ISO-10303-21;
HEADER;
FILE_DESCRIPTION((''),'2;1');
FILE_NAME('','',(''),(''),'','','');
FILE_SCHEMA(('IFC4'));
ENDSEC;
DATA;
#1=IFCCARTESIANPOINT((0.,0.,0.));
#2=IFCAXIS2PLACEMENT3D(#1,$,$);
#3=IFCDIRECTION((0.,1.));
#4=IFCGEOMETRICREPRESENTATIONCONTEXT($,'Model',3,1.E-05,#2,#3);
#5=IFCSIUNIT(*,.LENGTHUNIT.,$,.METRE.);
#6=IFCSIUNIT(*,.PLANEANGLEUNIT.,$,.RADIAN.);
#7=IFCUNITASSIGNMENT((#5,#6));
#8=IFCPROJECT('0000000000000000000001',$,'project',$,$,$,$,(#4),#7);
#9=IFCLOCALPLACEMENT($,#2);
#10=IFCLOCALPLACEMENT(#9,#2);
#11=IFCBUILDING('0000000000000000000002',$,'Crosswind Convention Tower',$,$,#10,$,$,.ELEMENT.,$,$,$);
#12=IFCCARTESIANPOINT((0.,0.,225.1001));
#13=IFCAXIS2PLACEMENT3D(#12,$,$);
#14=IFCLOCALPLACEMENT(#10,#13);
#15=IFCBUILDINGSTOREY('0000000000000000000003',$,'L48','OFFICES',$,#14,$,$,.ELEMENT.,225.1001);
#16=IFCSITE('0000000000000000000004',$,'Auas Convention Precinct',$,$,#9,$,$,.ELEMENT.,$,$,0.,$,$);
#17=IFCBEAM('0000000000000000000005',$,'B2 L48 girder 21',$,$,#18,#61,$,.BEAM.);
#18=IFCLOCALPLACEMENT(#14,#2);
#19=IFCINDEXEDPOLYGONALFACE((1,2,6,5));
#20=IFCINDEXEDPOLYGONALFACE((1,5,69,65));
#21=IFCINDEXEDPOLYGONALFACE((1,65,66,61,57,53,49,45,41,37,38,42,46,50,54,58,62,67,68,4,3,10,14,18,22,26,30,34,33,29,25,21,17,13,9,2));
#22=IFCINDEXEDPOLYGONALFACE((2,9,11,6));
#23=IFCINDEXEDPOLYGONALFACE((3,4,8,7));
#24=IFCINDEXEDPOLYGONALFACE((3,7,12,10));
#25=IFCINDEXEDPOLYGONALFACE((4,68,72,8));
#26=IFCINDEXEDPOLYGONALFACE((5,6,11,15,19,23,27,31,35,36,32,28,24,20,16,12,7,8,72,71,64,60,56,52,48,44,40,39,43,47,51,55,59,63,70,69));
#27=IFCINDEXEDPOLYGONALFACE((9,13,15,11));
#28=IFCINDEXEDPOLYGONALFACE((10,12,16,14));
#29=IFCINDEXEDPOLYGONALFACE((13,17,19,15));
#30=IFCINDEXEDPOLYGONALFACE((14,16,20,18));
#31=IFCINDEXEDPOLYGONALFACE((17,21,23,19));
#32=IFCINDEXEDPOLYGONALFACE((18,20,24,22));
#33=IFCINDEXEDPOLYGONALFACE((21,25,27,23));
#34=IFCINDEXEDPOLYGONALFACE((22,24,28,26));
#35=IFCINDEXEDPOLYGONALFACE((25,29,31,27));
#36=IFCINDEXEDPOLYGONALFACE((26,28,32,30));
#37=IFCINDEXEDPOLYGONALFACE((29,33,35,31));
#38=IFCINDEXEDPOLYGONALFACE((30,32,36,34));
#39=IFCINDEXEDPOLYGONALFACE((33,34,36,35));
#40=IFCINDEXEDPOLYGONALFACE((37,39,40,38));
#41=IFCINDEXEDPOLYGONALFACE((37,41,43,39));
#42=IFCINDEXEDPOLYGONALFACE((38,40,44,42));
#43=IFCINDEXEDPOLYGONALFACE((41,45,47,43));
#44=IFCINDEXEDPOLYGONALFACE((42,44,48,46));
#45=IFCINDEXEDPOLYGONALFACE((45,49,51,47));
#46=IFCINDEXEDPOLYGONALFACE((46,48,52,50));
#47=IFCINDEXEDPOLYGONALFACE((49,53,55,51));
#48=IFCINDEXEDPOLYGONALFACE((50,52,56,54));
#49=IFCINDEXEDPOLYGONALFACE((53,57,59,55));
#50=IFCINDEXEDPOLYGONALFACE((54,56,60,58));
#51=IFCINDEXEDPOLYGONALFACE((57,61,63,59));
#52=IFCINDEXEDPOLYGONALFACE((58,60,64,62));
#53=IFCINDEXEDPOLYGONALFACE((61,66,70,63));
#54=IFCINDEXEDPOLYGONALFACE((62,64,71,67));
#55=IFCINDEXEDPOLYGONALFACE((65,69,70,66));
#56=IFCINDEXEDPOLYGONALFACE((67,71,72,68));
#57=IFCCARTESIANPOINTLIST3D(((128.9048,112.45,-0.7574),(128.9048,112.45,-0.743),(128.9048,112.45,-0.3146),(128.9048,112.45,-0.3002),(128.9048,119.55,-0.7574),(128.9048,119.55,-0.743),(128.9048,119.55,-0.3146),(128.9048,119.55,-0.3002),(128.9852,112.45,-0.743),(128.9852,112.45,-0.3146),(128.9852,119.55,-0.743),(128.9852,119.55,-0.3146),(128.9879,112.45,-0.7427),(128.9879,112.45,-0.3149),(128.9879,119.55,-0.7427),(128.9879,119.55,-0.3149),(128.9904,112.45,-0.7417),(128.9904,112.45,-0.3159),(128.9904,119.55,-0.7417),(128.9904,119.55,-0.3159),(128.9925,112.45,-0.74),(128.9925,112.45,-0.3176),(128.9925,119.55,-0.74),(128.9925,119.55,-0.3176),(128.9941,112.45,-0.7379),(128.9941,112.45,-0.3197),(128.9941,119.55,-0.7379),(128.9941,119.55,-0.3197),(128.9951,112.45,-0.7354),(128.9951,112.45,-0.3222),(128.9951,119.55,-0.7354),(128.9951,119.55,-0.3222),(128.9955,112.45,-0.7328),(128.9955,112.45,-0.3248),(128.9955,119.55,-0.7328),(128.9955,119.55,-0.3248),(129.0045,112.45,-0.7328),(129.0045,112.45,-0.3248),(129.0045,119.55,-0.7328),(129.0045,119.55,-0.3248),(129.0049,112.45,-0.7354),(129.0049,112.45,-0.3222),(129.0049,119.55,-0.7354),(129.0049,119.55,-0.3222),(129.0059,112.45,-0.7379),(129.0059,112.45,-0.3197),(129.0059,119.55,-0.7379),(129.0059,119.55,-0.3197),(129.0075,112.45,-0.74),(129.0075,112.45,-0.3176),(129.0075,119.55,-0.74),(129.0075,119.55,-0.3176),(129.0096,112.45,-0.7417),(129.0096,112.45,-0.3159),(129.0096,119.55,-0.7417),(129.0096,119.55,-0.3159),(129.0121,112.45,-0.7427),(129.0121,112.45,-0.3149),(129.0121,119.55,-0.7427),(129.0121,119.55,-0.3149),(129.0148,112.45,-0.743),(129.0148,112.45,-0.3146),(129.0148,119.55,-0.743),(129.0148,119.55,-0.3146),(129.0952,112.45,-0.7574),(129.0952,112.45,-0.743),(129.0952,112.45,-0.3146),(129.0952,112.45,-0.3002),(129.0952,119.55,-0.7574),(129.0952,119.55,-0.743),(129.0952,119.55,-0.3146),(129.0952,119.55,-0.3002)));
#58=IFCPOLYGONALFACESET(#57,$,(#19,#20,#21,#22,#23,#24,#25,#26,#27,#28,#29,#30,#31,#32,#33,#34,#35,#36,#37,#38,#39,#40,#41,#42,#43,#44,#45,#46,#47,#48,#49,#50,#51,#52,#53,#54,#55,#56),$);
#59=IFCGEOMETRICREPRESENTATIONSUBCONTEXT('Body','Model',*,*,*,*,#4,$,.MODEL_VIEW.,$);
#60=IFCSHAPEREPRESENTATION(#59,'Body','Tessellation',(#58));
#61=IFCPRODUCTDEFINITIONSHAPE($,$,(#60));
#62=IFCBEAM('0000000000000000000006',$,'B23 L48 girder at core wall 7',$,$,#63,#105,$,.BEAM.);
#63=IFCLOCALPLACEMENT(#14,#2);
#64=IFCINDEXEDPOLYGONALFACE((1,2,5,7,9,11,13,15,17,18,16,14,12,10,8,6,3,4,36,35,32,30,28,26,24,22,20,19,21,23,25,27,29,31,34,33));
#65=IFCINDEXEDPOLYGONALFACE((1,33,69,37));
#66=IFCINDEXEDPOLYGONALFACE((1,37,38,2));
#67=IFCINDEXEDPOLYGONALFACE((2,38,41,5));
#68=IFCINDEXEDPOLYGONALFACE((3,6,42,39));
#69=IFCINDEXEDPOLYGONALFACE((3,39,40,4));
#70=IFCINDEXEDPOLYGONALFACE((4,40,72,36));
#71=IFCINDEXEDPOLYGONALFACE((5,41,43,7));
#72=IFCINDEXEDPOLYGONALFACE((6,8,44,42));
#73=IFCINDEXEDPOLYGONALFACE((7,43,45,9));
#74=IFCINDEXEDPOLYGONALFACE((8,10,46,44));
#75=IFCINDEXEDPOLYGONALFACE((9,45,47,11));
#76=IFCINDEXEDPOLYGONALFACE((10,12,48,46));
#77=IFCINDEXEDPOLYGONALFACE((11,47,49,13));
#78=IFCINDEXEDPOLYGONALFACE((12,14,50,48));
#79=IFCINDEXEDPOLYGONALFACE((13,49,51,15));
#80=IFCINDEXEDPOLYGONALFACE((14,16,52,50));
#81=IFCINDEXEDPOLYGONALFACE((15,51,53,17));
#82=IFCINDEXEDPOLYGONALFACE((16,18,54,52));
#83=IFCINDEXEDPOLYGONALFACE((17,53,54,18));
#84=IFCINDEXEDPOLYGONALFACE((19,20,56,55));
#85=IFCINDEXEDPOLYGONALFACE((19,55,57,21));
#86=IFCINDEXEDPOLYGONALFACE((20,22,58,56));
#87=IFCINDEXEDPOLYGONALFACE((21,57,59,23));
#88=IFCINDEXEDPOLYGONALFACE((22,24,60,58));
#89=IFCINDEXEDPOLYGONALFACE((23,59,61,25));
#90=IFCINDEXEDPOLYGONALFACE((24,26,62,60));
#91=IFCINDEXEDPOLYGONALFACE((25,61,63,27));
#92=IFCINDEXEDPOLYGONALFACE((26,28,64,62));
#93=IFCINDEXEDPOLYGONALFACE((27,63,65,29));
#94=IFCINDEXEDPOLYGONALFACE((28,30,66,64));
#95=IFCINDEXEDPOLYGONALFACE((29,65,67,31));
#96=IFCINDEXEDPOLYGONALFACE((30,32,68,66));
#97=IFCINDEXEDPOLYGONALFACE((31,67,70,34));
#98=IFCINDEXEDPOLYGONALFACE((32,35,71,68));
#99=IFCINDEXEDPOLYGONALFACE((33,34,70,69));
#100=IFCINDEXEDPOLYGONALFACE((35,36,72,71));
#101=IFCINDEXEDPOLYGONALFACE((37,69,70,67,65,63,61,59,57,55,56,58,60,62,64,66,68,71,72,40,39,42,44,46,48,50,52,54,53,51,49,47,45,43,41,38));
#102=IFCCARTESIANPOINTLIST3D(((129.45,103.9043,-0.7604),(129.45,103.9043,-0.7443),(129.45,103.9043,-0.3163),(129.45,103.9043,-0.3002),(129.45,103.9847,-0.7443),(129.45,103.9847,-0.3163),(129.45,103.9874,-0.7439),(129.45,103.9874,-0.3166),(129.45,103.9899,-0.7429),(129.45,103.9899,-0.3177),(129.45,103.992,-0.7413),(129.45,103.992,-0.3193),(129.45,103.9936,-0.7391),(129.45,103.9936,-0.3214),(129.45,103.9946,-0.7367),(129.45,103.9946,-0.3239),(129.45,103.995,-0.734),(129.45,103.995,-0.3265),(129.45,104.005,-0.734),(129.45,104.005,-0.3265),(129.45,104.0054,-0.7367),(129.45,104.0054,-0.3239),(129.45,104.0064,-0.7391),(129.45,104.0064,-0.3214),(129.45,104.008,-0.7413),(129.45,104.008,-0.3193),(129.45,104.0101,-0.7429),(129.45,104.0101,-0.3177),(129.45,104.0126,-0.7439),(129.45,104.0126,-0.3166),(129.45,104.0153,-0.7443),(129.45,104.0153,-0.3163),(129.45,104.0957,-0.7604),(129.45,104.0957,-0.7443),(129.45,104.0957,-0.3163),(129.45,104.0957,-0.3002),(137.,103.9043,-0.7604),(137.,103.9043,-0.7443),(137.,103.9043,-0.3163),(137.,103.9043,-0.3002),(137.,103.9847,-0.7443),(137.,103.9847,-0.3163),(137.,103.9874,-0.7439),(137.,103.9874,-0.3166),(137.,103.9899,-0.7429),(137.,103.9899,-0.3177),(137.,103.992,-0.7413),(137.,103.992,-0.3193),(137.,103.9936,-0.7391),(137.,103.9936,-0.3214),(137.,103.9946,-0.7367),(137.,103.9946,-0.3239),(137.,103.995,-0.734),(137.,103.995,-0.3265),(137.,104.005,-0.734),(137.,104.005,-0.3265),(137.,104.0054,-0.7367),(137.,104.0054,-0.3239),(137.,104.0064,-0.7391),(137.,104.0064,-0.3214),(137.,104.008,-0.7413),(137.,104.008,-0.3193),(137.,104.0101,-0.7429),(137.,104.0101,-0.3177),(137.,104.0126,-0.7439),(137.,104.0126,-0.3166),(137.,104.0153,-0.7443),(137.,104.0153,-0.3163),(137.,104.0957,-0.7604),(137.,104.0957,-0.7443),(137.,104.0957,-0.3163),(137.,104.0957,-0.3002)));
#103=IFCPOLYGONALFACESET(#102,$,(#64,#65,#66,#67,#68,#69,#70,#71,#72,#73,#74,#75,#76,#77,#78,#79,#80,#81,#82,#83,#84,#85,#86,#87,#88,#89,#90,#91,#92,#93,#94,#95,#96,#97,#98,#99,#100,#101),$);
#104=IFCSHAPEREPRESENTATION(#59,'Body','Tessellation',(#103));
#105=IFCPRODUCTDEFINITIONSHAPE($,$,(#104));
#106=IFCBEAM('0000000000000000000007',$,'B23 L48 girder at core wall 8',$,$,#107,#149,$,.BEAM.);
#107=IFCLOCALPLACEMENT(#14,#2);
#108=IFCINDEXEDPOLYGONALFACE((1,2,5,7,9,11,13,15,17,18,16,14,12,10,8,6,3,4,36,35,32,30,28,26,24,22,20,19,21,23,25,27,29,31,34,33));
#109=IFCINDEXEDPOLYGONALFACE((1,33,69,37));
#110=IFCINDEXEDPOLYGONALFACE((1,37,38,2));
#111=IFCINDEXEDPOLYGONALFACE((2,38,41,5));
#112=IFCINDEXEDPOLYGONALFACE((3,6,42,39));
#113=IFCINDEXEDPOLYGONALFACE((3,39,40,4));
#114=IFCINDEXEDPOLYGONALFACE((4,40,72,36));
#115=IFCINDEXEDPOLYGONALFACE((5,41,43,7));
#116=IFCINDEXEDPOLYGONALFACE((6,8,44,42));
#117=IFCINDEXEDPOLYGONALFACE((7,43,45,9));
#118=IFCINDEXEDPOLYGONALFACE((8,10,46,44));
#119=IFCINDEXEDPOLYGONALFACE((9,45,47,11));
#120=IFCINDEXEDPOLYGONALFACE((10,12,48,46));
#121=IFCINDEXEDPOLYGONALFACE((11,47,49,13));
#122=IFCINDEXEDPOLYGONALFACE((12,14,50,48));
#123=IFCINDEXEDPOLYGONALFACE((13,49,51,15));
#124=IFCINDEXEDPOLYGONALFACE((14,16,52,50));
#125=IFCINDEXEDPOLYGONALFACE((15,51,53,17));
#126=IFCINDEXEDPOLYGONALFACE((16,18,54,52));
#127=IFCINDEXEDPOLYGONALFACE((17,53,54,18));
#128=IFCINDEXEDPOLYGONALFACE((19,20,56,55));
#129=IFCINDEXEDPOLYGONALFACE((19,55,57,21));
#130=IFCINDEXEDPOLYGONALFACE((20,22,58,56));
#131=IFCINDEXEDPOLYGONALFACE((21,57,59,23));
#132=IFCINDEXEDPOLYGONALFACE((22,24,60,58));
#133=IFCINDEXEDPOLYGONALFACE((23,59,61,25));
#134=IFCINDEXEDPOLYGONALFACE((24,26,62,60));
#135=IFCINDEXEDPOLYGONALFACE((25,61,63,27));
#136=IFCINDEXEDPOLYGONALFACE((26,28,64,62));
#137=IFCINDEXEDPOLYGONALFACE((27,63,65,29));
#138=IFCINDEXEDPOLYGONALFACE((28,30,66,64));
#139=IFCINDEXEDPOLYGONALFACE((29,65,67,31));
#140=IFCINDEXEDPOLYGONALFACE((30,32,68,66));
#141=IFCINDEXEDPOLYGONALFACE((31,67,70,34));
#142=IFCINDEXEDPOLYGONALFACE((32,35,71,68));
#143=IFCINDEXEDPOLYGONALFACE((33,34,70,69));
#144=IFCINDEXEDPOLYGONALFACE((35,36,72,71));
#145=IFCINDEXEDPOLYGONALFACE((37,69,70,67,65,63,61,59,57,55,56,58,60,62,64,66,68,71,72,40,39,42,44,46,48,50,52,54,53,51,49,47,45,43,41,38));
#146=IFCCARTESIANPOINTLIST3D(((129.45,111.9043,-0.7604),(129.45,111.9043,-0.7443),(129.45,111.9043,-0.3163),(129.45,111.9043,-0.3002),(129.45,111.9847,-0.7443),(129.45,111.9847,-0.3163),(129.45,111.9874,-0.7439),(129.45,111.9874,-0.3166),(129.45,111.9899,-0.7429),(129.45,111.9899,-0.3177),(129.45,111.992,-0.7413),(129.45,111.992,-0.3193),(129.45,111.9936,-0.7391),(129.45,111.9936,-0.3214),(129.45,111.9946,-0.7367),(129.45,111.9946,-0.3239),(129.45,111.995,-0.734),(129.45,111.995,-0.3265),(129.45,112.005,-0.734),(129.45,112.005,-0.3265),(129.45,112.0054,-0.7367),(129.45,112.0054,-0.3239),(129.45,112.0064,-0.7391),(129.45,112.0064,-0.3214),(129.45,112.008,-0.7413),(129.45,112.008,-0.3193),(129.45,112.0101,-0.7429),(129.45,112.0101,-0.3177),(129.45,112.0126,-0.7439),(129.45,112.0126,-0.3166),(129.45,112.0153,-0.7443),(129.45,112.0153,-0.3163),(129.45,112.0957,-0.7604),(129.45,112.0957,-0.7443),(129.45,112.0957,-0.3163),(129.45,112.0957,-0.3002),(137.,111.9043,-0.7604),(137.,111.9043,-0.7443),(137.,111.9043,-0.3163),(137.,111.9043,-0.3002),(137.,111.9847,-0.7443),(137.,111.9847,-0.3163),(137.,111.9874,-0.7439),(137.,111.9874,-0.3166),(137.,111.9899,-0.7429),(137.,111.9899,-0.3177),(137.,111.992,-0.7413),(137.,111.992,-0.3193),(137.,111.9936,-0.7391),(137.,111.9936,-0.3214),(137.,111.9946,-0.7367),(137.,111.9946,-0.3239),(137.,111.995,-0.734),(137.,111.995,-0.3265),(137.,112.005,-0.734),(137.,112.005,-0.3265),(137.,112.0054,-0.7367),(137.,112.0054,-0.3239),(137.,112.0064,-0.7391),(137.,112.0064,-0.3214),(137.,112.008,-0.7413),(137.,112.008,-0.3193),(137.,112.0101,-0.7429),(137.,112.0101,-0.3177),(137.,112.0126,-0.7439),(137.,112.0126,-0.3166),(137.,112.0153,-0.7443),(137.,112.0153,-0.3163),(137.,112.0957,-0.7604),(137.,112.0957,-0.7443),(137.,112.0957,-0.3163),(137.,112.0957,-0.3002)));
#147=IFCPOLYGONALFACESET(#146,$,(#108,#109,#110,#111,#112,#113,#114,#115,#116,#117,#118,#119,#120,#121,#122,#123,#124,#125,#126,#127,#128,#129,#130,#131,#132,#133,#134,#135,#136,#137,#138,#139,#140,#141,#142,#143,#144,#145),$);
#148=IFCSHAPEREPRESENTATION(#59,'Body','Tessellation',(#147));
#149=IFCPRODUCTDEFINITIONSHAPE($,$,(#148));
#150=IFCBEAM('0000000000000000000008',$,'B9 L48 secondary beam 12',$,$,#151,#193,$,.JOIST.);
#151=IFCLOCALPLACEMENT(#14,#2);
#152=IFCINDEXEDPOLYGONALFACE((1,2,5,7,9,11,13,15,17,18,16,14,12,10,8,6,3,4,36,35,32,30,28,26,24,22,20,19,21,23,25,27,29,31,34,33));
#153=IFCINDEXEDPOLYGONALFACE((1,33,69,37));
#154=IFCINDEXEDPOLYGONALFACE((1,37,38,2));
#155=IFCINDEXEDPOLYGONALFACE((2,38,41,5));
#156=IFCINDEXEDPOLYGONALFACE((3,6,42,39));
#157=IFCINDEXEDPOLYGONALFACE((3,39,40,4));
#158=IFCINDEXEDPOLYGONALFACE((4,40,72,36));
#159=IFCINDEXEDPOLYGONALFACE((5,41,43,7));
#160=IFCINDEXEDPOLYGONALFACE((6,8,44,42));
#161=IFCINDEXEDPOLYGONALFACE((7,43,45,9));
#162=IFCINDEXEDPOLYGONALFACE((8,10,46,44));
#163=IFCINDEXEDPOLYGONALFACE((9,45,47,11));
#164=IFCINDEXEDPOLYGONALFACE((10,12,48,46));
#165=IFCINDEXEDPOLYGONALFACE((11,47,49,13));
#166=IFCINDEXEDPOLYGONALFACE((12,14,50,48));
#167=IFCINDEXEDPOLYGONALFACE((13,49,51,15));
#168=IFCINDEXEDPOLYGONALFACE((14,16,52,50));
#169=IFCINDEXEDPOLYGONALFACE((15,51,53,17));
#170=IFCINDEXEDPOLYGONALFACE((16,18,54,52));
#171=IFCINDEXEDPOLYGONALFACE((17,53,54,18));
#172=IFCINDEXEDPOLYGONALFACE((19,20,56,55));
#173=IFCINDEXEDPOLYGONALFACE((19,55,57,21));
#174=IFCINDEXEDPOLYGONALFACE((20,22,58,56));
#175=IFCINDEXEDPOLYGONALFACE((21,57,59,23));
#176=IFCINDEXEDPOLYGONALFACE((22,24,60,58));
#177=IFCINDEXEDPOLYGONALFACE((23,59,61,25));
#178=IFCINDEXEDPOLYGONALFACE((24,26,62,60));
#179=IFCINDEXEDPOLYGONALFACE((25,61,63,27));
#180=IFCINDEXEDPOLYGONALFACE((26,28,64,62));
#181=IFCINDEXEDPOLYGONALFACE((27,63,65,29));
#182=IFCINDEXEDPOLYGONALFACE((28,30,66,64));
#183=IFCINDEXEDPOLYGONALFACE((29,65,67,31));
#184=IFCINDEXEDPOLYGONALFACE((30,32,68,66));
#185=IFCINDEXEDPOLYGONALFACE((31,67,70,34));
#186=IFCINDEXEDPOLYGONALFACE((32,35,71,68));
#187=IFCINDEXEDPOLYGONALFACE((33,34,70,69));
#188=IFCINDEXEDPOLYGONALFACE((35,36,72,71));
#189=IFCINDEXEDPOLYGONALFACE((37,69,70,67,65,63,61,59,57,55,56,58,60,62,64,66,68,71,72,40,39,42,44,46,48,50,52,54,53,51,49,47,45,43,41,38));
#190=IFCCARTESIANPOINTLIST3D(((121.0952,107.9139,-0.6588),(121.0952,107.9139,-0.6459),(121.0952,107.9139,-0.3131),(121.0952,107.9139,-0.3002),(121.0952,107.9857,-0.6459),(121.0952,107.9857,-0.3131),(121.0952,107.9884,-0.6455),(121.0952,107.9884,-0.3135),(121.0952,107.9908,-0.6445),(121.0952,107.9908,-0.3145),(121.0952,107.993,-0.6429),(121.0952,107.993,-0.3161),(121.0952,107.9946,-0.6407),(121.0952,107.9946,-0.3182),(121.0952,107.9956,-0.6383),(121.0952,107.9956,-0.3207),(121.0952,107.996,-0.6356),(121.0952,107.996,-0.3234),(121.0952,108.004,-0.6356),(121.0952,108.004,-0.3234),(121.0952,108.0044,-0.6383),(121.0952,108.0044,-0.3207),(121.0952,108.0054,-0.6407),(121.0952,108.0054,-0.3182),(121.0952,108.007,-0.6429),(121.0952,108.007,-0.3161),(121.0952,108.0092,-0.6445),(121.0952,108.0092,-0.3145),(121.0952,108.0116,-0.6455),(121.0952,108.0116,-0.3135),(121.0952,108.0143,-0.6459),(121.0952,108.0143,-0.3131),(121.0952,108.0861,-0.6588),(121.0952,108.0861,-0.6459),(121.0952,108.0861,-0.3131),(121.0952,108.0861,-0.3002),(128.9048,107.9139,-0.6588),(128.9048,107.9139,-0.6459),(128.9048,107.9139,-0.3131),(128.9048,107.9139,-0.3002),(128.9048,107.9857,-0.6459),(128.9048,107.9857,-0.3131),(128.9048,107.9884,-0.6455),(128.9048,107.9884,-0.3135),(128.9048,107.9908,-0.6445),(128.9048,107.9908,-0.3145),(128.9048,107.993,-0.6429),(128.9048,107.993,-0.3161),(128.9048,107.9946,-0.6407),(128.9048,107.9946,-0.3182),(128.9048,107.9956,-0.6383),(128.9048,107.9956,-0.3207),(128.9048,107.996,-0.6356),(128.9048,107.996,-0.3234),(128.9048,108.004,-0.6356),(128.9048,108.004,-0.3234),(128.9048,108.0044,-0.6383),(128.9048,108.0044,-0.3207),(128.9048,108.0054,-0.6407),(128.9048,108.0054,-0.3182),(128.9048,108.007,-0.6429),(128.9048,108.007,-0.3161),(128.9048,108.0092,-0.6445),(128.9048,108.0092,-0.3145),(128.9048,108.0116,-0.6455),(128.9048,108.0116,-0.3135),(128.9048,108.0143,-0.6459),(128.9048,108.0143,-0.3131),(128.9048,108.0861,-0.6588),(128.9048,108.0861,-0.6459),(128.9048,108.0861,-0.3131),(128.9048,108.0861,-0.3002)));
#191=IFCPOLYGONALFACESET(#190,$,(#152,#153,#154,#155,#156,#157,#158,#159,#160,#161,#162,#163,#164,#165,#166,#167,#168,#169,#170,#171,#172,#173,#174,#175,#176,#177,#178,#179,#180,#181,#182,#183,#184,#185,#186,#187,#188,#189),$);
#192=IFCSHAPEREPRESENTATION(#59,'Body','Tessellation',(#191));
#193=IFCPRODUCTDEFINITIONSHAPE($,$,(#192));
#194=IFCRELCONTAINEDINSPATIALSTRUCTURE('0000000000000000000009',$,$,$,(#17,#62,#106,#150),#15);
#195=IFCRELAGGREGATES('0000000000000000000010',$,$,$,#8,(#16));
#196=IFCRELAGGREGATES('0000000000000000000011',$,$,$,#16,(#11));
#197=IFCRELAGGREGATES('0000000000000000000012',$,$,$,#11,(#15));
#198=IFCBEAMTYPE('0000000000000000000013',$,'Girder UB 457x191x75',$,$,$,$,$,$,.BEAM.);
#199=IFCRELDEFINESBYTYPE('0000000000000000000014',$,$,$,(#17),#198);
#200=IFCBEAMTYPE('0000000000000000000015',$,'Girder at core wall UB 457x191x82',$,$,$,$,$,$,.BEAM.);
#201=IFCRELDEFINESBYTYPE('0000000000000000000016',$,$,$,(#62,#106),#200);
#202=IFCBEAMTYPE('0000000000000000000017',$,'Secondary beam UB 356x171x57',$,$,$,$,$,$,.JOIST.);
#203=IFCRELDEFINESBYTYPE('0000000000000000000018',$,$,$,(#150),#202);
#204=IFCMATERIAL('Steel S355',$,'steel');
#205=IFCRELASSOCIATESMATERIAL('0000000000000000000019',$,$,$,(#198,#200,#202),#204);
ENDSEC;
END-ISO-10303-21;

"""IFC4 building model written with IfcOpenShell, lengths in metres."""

from ifc_helpers import new_model, si_unit, direction, frame, origin, origin_2d, place, context, subcontext, project, spatial, i_section, extrude, material, material_profile, profile_set, type_object, element, save


model = new_model("IFC4")

# Units and contexts
model_context = context("Model", 3, precision=1e-05, world=origin(), true_north=direction((0.0, 1.0)))
body_context = subcontext(model_context, "Body", "Model", "MODEL_VIEW")
ifc_project = project(units=[si_unit("LENGTHUNIT", "METRE"), si_unit("PLANEANGLEUNIT", "RADIAN")], contexts=[model_context])

# Site, building, storey
site_placement = place(None, origin())
site = spatial("IfcSite", under=ifc_project, at=site_placement, Name="Auas Convention Precinct", CompositionType="ELEMENT", RefElevation=0.0)
building_placement = place(site_placement, origin())
building = spatial("IfcBuilding", under=site, at=building_placement, Name="Crosswind Convention Tower", CompositionType="ELEMENT")
storey_placement = place(building_placement, frame((0.0, 0.0, 225.1001)))
storey = spatial("IfcBuildingStorey", under=building, at=storey_placement, Name="L48", Description="OFFICES", CompositionType="ELEMENT", Elevation=225.1001)

# Beams
ifc_material_1 = material(Name="Steel S355", Category="steel")
ifc_material_profile_1 = material_profile(ifc_material_1, i_section(OverallWidth=0.1904, OverallDepth=0.4573, WebThickness=0.009, FlangeThickness=0.0144, FilletRadius=0.0103, at=origin_2d()), Name="UB 457x191x75")
ifc_profile_set_1 = profile_set([ifc_material_profile_1], Name="Steel S355")
beam_type_1 = type_object("IfcBeamType", Name="Girder UB 457x191x75", PredefinedType="BEAM", material=ifc_profile_set_1)
for number, where, z_axis, x_axis, name in (
    (1, (129.0, 112.45, -0.5288), (0.0, 1.0, 0.0), (-1.0, 0.0, 0.0), "B2 L48 girder 21"),
):
    element("IfcBeam", number, at=place(storey_placement, frame(where, z_axis=z_axis, x_axis=x_axis)), inside=storey, type_object=beam_type_1, Name=name, PredefinedType="BEAM", context=body_context, shape_type="SweptSolid", body=[
        extrude(i_section(OverallWidth=0.1904, OverallDepth=0.4573, WebThickness=0.009, FlangeThickness=0.0144, FilletRadius=0.0103, at=origin_2d()), origin(), (0.0, 0.0, 1.0), 7.1001),
    ])
ifc_material_profile_2 = material_profile(ifc_material_1, i_section(OverallWidth=0.1914, OverallDepth=0.4602, WebThickness=0.01, FlangeThickness=0.0161, FilletRadius=0.0103, at=origin_2d()), Name="UB 457x191x82")
ifc_profile_set_2 = profile_set([ifc_material_profile_2], Name="Steel S355")
beam_type_2 = type_object("IfcBeamType", Name="Girder at core wall UB 457x191x82", PredefinedType="BEAM", material=ifc_profile_set_2)
for number, where, z_axis, x_axis, name in (
    (2, (129.45, 104.0, -0.5303), (1.0, 0.0, 0.0), (0.0, 1.0, 0.0), "B23 L48 girder at core wall 7"),
    (3, (129.45, 112.0, -0.5303), (1.0, 0.0, 0.0), (0.0, 1.0, 0.0), "B23 L48 girder at core wall 8"),
):
    element("IfcBeam", number, at=place(storey_placement, frame(where, z_axis=z_axis, x_axis=x_axis)), inside=storey, type_object=beam_type_2, Name=name, PredefinedType="BEAM", context=body_context, shape_type="SweptSolid", body=[
        extrude(i_section(OverallWidth=0.1914, OverallDepth=0.4602, WebThickness=0.01, FlangeThickness=0.0161, FilletRadius=0.0103, at=origin_2d()), origin(), (0.0, 0.0, 1.0), 7.55),
    ])
ifc_material_profile_3 = material_profile(ifc_material_1, i_section(OverallWidth=0.1721, OverallDepth=0.3586, WebThickness=0.0081, FlangeThickness=0.0129, FilletRadius=0.0103, at=origin_2d()), Name="UB 356x171x57")
ifc_profile_set_3 = profile_set([ifc_material_profile_3], Name="Steel S355")
beam_type_3 = type_object("IfcBeamType", Name="Secondary beam UB 356x171x57", PredefinedType="JOIST", material=ifc_profile_set_3)
beam_1_placement = place(storey_placement, frame((121.0952, 108.0, -0.4795), z_axis=(1.0, 0.0, 0.0), x_axis=(0.0, 1.0, 0.0)))
element("IfcBeam", 4, at=beam_1_placement, inside=storey, type_object=beam_type_3, Name="B9 L48 secondary beam 12", PredefinedType="JOIST", context=body_context, shape_type="SweptSolid", body=[
    extrude(i_section(OverallWidth=0.1721, OverallDepth=0.3586, WebThickness=0.0081, FlangeThickness=0.0129, FilletRadius=0.0103, at=origin_2d()), origin(), (0.0, 0.0, 1.0), 7.8096),
])

save(model, "model.ifc")
